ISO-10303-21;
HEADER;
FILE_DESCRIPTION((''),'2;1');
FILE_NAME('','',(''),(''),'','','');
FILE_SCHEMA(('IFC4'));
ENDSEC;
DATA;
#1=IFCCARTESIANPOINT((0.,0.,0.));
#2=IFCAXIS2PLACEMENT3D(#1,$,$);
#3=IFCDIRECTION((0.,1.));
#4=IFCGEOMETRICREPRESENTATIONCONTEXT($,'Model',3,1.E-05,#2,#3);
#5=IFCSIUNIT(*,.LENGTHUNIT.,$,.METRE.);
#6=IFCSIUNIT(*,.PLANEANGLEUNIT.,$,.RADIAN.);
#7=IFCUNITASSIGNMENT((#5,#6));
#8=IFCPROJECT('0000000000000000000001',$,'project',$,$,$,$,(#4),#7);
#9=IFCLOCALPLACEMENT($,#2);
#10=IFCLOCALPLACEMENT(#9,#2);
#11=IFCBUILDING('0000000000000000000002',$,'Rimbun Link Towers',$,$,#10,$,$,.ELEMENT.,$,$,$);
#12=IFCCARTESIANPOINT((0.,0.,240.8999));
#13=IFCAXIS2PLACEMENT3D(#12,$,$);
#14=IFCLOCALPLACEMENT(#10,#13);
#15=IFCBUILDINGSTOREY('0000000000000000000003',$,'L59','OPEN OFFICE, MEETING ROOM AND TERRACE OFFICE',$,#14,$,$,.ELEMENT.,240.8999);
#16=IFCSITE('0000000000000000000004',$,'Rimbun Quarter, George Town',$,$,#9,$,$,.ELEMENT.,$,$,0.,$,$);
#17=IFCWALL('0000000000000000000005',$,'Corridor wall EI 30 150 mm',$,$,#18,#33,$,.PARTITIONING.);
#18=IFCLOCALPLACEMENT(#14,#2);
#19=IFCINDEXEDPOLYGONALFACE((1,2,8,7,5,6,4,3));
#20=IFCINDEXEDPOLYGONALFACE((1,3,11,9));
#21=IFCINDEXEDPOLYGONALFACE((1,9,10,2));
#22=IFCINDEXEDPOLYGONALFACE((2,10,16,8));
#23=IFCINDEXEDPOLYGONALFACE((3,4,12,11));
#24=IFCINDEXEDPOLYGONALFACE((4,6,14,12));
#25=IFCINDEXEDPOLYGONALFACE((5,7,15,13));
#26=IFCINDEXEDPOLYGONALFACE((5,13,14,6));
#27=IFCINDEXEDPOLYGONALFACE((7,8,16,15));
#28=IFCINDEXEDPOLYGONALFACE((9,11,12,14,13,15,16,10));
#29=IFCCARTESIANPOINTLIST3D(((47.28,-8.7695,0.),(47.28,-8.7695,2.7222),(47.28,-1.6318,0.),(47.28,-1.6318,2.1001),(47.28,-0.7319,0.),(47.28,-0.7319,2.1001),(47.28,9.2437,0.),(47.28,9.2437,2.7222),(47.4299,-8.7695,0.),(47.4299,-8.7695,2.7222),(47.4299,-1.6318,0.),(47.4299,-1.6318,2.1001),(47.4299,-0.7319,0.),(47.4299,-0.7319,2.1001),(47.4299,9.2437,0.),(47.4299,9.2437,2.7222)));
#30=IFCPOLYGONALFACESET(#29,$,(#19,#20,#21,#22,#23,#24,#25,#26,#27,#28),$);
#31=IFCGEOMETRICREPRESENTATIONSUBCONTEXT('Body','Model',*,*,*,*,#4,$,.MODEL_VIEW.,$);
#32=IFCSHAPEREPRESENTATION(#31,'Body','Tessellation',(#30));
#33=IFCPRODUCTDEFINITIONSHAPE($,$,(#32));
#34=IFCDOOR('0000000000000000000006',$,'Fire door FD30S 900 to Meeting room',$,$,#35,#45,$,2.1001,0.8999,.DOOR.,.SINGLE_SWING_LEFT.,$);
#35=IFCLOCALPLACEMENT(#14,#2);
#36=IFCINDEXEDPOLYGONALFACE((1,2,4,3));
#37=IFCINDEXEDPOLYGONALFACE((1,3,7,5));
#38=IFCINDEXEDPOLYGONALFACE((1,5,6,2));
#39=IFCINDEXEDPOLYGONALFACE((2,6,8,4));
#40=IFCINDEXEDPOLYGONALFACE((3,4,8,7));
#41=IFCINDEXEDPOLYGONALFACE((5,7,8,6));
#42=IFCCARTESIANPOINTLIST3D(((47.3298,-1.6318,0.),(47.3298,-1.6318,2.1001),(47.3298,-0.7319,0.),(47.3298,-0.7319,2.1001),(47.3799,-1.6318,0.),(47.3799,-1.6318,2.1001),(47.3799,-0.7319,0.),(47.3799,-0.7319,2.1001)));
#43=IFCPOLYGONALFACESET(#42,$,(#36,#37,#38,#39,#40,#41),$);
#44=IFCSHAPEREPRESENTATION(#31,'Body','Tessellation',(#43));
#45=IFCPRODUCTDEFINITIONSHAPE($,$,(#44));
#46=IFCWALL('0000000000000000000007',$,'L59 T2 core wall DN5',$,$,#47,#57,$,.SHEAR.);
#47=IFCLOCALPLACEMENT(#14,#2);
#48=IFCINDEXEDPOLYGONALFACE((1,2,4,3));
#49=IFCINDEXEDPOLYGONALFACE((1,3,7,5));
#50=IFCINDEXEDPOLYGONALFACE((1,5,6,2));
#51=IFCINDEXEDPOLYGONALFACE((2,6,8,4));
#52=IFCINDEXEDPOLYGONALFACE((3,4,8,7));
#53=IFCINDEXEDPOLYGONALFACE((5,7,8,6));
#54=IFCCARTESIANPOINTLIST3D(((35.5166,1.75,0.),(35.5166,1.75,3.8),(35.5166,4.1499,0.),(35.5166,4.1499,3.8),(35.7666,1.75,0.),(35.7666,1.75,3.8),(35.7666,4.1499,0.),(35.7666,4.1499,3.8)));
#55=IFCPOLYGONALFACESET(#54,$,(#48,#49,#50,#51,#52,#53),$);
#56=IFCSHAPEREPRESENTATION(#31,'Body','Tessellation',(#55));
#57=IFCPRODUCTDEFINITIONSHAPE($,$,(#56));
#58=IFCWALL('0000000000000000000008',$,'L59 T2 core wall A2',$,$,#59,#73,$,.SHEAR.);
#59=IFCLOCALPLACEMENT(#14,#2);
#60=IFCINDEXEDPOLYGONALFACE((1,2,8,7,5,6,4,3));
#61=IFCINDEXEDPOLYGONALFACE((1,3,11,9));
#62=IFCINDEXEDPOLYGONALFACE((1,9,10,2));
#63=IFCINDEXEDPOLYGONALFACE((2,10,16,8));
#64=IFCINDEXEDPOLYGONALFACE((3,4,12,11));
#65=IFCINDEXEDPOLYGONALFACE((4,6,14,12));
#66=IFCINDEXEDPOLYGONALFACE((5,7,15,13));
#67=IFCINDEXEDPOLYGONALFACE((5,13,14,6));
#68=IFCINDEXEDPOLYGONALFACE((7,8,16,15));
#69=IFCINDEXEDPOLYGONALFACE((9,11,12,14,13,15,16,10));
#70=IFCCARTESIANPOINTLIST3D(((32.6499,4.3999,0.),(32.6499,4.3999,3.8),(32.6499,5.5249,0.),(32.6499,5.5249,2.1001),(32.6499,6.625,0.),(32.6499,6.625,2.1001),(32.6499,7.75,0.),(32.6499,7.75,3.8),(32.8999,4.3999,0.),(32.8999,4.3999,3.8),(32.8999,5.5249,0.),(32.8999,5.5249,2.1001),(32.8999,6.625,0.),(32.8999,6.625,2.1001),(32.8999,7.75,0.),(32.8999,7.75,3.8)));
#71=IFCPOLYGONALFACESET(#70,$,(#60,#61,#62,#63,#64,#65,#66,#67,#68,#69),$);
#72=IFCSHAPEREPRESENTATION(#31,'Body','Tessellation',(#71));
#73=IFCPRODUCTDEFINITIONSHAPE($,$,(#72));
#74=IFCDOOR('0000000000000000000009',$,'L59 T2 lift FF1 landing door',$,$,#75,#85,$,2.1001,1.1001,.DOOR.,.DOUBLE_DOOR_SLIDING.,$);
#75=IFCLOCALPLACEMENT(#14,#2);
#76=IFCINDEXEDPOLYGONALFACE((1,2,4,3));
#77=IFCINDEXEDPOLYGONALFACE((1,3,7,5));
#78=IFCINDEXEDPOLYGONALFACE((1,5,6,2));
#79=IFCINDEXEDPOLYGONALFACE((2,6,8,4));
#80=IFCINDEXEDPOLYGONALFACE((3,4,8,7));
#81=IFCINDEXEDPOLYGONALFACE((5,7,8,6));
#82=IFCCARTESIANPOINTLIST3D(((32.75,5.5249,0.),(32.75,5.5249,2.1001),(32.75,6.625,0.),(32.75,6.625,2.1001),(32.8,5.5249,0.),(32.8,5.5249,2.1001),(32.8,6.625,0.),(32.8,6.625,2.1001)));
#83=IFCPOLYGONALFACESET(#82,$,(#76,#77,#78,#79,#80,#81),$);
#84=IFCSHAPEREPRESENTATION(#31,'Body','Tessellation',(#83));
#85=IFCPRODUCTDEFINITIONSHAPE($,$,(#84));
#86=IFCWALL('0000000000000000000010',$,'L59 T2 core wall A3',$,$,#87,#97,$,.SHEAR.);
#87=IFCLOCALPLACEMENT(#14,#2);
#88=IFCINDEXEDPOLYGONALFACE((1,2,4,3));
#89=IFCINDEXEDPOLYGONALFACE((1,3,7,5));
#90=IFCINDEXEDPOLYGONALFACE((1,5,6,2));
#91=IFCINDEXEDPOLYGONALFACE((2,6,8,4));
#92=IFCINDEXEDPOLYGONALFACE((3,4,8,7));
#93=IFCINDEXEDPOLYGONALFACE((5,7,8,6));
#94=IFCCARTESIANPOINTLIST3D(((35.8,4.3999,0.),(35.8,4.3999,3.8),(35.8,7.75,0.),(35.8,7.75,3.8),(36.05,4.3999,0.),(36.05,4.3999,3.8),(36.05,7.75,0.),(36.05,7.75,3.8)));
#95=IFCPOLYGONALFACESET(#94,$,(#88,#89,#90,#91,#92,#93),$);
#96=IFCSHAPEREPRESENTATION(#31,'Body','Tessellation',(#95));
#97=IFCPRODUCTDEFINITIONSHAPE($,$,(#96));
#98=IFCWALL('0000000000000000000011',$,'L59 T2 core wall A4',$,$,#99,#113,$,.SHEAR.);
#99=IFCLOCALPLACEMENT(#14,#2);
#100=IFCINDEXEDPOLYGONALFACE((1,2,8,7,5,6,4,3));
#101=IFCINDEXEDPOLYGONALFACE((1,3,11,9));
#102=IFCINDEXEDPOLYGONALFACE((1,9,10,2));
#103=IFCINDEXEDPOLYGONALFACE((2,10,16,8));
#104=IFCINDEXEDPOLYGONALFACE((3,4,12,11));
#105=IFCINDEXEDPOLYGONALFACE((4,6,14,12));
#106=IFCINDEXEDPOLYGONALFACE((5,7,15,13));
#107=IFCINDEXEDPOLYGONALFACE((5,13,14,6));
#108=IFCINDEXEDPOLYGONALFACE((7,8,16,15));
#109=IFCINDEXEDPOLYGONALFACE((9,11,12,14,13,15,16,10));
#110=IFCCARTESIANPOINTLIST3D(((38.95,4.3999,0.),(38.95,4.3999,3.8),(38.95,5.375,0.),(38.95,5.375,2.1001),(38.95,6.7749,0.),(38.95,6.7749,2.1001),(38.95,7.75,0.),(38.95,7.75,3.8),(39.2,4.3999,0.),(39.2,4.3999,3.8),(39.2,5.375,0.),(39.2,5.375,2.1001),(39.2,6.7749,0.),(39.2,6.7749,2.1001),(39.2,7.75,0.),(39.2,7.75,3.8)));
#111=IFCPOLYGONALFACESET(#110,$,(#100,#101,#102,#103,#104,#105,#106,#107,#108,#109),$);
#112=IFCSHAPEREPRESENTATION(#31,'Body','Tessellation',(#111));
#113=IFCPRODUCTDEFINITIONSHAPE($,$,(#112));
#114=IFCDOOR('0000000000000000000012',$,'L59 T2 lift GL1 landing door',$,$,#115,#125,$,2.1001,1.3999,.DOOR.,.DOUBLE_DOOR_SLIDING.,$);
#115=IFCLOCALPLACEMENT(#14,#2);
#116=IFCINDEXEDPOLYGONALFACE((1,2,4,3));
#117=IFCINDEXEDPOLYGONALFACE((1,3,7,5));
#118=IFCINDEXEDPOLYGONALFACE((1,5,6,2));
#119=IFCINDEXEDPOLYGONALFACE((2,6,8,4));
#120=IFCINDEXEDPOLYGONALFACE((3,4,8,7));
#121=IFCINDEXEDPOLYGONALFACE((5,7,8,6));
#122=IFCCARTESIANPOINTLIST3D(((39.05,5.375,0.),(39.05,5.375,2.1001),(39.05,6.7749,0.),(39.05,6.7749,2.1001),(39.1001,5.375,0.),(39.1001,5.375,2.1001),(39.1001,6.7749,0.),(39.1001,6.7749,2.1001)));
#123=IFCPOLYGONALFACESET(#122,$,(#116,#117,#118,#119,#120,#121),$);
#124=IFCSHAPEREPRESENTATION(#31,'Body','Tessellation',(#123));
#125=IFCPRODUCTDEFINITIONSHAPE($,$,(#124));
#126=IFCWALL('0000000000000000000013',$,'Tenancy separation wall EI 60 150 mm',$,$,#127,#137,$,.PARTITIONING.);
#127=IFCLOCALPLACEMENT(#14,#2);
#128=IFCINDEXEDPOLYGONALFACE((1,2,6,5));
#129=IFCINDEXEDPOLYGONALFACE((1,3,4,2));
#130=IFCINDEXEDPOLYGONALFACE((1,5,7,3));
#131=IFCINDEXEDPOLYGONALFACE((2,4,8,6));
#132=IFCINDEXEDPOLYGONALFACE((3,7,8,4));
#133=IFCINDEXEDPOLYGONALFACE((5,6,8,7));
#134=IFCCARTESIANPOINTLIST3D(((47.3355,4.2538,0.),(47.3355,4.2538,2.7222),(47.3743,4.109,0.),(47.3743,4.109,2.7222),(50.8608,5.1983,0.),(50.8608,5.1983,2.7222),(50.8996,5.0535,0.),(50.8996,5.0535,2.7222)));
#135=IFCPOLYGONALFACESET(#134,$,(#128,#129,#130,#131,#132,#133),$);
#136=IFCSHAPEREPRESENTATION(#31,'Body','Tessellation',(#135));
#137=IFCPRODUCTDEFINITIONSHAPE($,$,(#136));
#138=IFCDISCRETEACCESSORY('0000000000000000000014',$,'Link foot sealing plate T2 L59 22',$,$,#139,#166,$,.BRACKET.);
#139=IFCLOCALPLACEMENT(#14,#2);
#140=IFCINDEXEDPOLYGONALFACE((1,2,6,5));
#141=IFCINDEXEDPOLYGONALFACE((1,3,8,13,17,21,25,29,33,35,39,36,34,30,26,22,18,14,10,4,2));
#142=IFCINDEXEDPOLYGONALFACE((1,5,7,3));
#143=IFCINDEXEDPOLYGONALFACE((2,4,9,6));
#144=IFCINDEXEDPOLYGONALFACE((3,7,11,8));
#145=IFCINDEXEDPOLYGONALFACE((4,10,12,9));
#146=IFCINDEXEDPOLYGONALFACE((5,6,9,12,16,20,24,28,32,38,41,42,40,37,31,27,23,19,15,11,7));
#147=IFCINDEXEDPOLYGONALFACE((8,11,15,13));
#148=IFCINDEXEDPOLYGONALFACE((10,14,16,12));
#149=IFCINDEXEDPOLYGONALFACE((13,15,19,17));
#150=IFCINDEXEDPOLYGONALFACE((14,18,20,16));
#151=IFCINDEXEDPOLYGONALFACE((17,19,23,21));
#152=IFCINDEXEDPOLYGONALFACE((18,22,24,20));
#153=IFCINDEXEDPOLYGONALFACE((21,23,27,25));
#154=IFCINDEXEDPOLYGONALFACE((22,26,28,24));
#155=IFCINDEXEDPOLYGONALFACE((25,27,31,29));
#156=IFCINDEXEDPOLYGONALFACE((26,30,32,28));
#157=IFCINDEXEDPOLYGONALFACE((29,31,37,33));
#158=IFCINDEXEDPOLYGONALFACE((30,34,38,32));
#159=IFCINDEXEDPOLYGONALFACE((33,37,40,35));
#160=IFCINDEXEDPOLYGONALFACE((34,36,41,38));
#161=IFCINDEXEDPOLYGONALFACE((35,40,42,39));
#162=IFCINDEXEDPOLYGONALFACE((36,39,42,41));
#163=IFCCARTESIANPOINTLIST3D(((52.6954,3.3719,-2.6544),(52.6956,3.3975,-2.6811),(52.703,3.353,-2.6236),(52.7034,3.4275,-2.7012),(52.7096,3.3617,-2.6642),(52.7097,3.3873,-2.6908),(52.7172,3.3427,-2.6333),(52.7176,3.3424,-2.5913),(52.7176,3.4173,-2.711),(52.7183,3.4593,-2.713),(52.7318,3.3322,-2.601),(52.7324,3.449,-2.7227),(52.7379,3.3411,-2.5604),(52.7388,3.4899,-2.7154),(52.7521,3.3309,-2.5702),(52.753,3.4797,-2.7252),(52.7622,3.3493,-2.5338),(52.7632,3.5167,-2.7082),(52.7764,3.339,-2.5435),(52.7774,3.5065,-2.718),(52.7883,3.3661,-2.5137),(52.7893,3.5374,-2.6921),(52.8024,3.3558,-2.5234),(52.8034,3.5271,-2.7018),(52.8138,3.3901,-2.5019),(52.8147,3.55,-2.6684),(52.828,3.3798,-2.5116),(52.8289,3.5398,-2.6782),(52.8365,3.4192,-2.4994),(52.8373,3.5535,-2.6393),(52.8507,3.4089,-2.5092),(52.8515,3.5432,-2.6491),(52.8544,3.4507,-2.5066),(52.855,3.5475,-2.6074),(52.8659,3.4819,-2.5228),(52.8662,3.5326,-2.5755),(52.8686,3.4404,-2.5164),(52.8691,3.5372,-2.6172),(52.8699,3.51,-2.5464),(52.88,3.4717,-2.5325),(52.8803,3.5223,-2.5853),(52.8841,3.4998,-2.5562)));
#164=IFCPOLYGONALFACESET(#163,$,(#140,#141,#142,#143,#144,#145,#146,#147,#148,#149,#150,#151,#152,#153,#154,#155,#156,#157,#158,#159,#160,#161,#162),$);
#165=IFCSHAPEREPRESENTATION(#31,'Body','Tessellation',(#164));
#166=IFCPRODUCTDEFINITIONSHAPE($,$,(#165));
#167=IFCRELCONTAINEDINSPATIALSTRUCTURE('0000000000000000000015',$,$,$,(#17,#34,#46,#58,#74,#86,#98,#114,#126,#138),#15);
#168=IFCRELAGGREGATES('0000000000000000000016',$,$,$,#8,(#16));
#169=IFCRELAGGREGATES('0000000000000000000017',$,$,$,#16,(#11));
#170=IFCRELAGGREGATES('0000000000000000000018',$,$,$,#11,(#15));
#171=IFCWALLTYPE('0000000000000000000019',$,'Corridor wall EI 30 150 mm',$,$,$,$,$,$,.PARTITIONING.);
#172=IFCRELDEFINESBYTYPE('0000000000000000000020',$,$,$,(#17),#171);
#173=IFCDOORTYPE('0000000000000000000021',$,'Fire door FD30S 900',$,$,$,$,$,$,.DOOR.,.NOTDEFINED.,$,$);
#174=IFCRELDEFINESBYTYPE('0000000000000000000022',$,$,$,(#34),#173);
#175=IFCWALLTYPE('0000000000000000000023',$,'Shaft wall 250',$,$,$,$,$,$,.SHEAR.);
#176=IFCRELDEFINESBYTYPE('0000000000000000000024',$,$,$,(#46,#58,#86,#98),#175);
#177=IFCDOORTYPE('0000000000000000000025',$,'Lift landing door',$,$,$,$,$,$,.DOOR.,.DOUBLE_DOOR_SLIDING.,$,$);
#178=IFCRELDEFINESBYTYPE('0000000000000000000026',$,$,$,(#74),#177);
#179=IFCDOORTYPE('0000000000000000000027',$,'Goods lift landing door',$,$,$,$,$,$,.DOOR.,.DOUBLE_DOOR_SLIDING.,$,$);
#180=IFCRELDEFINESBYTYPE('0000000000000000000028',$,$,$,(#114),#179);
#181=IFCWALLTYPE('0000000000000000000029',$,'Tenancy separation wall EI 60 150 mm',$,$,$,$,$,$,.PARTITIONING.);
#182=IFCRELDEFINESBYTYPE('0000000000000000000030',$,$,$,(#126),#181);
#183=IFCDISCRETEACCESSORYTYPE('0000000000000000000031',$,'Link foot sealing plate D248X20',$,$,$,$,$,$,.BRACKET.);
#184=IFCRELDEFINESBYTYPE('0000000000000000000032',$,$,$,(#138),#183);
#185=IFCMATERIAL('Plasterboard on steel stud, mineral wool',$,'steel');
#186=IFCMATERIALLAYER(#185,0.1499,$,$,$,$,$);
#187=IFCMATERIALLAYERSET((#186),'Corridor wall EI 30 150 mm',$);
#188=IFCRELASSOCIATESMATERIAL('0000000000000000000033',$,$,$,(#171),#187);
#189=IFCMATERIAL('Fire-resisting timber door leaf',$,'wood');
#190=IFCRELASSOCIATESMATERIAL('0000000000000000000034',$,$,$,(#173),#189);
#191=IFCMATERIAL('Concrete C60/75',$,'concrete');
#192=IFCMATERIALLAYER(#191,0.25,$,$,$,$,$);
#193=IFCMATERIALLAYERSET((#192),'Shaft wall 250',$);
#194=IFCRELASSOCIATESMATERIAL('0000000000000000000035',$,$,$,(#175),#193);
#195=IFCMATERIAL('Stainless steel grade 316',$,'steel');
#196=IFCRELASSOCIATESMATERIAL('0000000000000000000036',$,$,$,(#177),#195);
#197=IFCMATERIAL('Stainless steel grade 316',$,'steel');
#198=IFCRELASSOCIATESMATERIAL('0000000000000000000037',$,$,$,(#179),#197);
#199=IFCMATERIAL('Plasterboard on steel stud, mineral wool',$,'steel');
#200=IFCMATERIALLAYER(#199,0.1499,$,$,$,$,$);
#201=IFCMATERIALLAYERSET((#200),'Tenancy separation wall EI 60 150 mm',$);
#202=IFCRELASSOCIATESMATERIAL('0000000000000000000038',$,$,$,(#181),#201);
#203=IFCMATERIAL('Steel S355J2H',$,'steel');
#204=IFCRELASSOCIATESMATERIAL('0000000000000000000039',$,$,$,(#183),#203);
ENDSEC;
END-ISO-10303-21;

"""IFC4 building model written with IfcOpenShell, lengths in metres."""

from ifc_helpers import new_model, si_unit, direction, frame, frame_2d, origin, origin_2d, place, context, subcontext, project, spatial, rectangle, circle, extrude, material, layer, layer_set, material_profile, profile_set, type_object, element, fill, save


model = new_model("IFC4")

# Units and contexts
model_context = context("Model", 3, precision=1e-05, world=origin(), true_north=direction((0.0, 1.0)))
body_context = subcontext(model_context, "Body", "Model", "MODEL_VIEW")
ifc_project = project(units=[si_unit("LENGTHUNIT", "METRE"), si_unit("PLANEANGLEUNIT", "RADIAN")], contexts=[model_context])

# Site, building, storey
site_placement = place(None, origin())
site = spatial("IfcSite", under=ifc_project, at=site_placement, Name="Rimbun Quarter, George Town", CompositionType="ELEMENT", RefElevation=0.0)
building_placement = place(site_placement, origin())
building = spatial("IfcBuilding", under=site, at=building_placement, Name="Rimbun Link Towers", CompositionType="ELEMENT")
storey_placement = place(building_placement, frame((0.0, 0.0, 240.8999)))
storey = spatial("IfcBuildingStorey", under=building, at=storey_placement, Name="L59", Description="OPEN OFFICE, MEETING ROOM AND TERRACE OFFICE", CompositionType="ELEMENT", Elevation=240.8999)

# Shared definitions
ifc_material_1 = material(Name="Plasterboard on steel stud, mineral wool", Category="steel")
ifc_layer_1 = layer(ifc_material_1, 0.1499)
ifc_layer_set_1 = layer_set([ifc_layer_1], Name="Corridor wall EI 30 150 mm")
wall_type_1 = type_object("IfcWallType", Name="Corridor wall EI 30 150 mm", PredefinedType="PARTITIONING", material=ifc_layer_set_1)

# Wall, opening, door
wall_1_placement = place(storey_placement, frame((47.355, 9.2437, 0.0), z_axis=(0.0, 0.0, 1.0), x_axis=(0.0, -1.0, 0.0)))
wall_1 = element("IfcWall", 1, at=wall_1_placement, inside=storey, type_object=wall_type_1, Name="Corridor wall EI 30 150 mm", PredefinedType="PARTITIONING", context=body_context, shape_type="SweptSolid", body=[
    extrude(rectangle(XDim=18.0132, YDim=0.1499, at=frame_2d((9.0066, 0.0))), origin(), (0.0, 0.0, 1.0), 2.7222),
])
opening_1_placement = place(wall_1_placement, frame((9.9756, 0.0, 0.0)))
opening_1 = element("IfcOpeningElement", 2, at=opening_1_placement, cuts=wall_1, PredefinedType="OPENING", context=body_context, shape_type="SweptSolid", body=[
    extrude(rectangle(XDim=0.8999, YDim=2.1001, at=frame_2d((0.45, 1.05))), frame((0.0, 0.085, 0.0), z_axis=(0.0, -1.0, 0.0), x_axis=(1.0, 0.0, 0.0)), (0.0, 0.0, 1.0), 0.1699),
])
ifc_material_2 = material(Name="Fire-resisting timber door leaf", Category="wood")
door_type_1 = type_object("IfcDoorType", Name="Fire door FD30S 900", OperationType="NOTDEFINED", PredefinedType="DOOR", material=ifc_material_2)
door_1_placement = place(opening_1_placement, origin())
door_1 = element("IfcDoor", 3, at=door_1_placement, inside=storey, type_object=door_type_1, Name="Fire door FD30S 900 to Meeting room", OperationType="SINGLE_SWING_LEFT", OverallHeight=2.1001, OverallWidth=0.8999, PredefinedType="DOOR", context=body_context, shape_type="SweptSolid", body=[
    extrude(rectangle(XDim=0.8999, YDim=2.1001, at=frame_2d((0.45, 1.05))), frame((0.0, 0.0249, 0.0), z_axis=(0.0, -1.0, 0.0), x_axis=(1.0, 0.0, 0.0)), (0.0, 0.0, 1.0), 0.05),
])
fill(opening_1, door_1)

# Wall
ifc_material_3 = material(Name="Concrete C60/75", Category="concrete")
ifc_layer_2 = layer(ifc_material_3, 0.25)
ifc_layer_set_2 = layer_set([ifc_layer_2], Name="Shaft wall 250")
wall_type_2 = type_object("IfcWallType", Name="Shaft wall 250", PredefinedType="SHEAR", material=ifc_layer_set_2)
wall_2_placement = place(storey_placement, frame((35.6416, 1.75, 0.0), z_axis=(0.0, 0.0, 1.0), x_axis=(0.0, 1.0, 0.0)))
element("IfcWall", 4, at=wall_2_placement, inside=storey, type_object=wall_type_2, Name="L59 T2 core wall DN5", PredefinedType="SHEAR", context=body_context, shape_type="SweptSolid", body=[
    extrude(rectangle(XDim=2.3999, YDim=0.25, at=frame_2d((1.2, 0.0))), origin(), (0.0, 0.0, 1.0), 3.8),
])

# Wall, opening, door
wall_3_placement = place(storey_placement, frame((32.7749, 4.3999, 0.0), z_axis=(0.0, 0.0, 1.0), x_axis=(0.0, 1.0, 0.0)))
wall_3 = element("IfcWall", 5, at=wall_3_placement, inside=storey, type_object=wall_type_2, Name="L59 T2 core wall A2", PredefinedType="SHEAR", context=body_context, shape_type="SweptSolid", body=[
    extrude(rectangle(XDim=3.3501, YDim=0.25, at=frame_2d((1.675, 0.0))), origin(), (0.0, 0.0, 1.0), 3.8),
])
opening_2_placement = place(wall_3_placement, frame((1.125, 0.0, 0.0)))
opening_2 = element("IfcOpeningElement", 6, at=opening_2_placement, cuts=wall_3, PredefinedType="OPENING", context=body_context, shape_type="SweptSolid", body=[
    extrude(rectangle(XDim=1.1001, YDim=2.1001, at=frame_2d((0.55, 1.05))), frame((0.0, 0.135, 0.0), z_axis=(0.0, -1.0, 0.0), x_axis=(1.0, 0.0, 0.0)), (0.0, 0.0, 1.0), 0.27),
])
ifc_material_4 = material(Name="Stainless steel grade 316", Category="steel")
door_type_2 = type_object("IfcDoorType", Name="Lift landing door", OperationType="DOUBLE_DOOR_SLIDING", PredefinedType="DOOR", material=ifc_material_4)
door_2_placement = place(opening_2_placement, origin())
door_2 = element("IfcDoor", 7, at=door_2_placement, inside=storey, type_object=door_type_2, Name="L59 T2 lift FF1 landing door", OperationType="DOUBLE_DOOR_SLIDING", OverallHeight=2.1001, OverallWidth=1.1001, PredefinedType="DOOR", context=body_context, shape_type="SweptSolid", body=[
    extrude(rectangle(XDim=1.1001, YDim=2.1001, at=frame_2d((0.55, 1.05))), frame((0.0, 0.0249, 0.0), z_axis=(0.0, -1.0, 0.0), x_axis=(1.0, 0.0, 0.0)), (0.0, 0.0, 1.0), 0.05),
])
fill(opening_2, door_2)

# Wall
wall_4_placement = place(storey_placement, frame((35.925, 4.3999, 0.0), z_axis=(0.0, 0.0, 1.0), x_axis=(0.0, 1.0, 0.0)))
element("IfcWall", 8, at=wall_4_placement, inside=storey, type_object=wall_type_2, Name="L59 T2 core wall A3", PredefinedType="SHEAR", context=body_context, shape_type="SweptSolid", body=[
    extrude(rectangle(XDim=3.3501, YDim=0.25, at=frame_2d((1.675, 0.0))), origin(), (0.0, 0.0, 1.0), 3.8),
])

# Wall, opening, door
wall_5_placement = place(storey_placement, frame((39.075, 4.3999, 0.0), z_axis=(0.0, 0.0, 1.0), x_axis=(0.0, 1.0, 0.0)))
wall_5 = element("IfcWall", 9, at=wall_5_placement, inside=storey, type_object=wall_type_2, Name="L59 T2 core wall A4", PredefinedType="SHEAR", context=body_context, shape_type="SweptSolid", body=[
    extrude(rectangle(XDim=3.3501, YDim=0.25, at=frame_2d((1.675, 0.0))), origin(), (0.0, 0.0, 1.0), 3.8),
])
opening_3_placement = place(wall_5_placement, frame((0.9751, 0.0, 0.0)))
opening_3 = element("IfcOpeningElement", 10, at=opening_3_placement, cuts=wall_5, PredefinedType="OPENING", context=body_context, shape_type="SweptSolid", body=[
    extrude(rectangle(XDim=1.3999, YDim=2.1001, at=frame_2d((0.7, 1.05))), frame((0.0, 0.135, 0.0), z_axis=(0.0, -1.0, 0.0), x_axis=(1.0, 0.0, 0.0)), (0.0, 0.0, 1.0), 0.27),
])
ifc_material_5 = material(Name="Stainless steel grade 316", Category="steel")
door_type_3 = type_object("IfcDoorType", Name="Goods lift landing door", OperationType="DOUBLE_DOOR_SLIDING", PredefinedType="DOOR", material=ifc_material_5)
door_3_placement = place(opening_3_placement, origin())
door_3 = element("IfcDoor", 11, at=door_3_placement, inside=storey, type_object=door_type_3, Name="L59 T2 lift GL1 landing door", OperationType="DOUBLE_DOOR_SLIDING", OverallHeight=2.1001, OverallWidth=1.3999, PredefinedType="DOOR", context=body_context, shape_type="SweptSolid", body=[
    extrude(rectangle(XDim=1.3999, YDim=2.1001, at=frame_2d((0.7, 1.05))), frame((0.0, 0.0249, 0.0), z_axis=(0.0, -1.0, 0.0), x_axis=(1.0, 0.0, 0.0)), (0.0, 0.0, 1.0), 0.05),
])
fill(opening_3, door_3)

# Wall
ifc_material_6 = material(Name="Plasterboard on steel stud, mineral wool", Category="steel")
ifc_layer_3 = layer(ifc_material_6, 0.1499)
ifc_layer_set_3 = layer_set([ifc_layer_3], Name="Tenancy separation wall EI 60 150 mm")
wall_type_3 = type_object("IfcWallType", Name="Tenancy separation wall EI 60 150 mm", PredefinedType="PARTITIONING", material=ifc_layer_set_3)
wall_6_placement = place(storey_placement, frame((47.355, 4.1814, 0.0), z_axis=(0.0, 0.0, 1.0), x_axis=(0.965929, 0.258807, 0.0)))
element("IfcWall", 12, at=wall_6_placement, inside=storey, type_object=wall_type_3, Name="Tenancy separation wall EI 60 150 mm", PredefinedType="PARTITIONING", context=body_context, shape_type="SweptSolid", body=[
    extrude(rectangle(XDim=3.6497, YDim=0.1499, at=frame_2d((1.8247, 0.0))), origin(), (0.0, 0.0, 1.0), 2.7222),
])

# Discrete accessory
ifc_material_7 = material(Name="Steel S355J2H", Category="steel")
ifc_material_profile_1 = material_profile(ifc_material_7, circle(Radius=0.124, at=origin_2d()), Name="PL D248")
ifc_profile_set_1 = profile_set([ifc_material_profile_1], Name="Steel S355J2H")
discrete_accessory_type = type_object("IfcDiscreteAccessoryType", Name="Link foot sealing plate D248X20", PredefinedType="BRACKET", material=ifc_profile_set_1)
discrete_accessory_placement = place(storey_placement, frame((52.7822, 3.447, -2.6074), z_axis=(0.707107, -0.512043, -0.48766), x_axis=(0.58651, 0.809942, 0.0)))
element("IfcDiscreteAccessory", 13, at=discrete_accessory_placement, inside=storey, type_object=discrete_accessory_type, Name="Link foot sealing plate T2 L59 22", PredefinedType="BRACKET", context=body_context, shape_type="SweptSolid", body=[
    extrude(circle(Radius=0.124, at=origin_2d()), origin(), (0.0, 0.0, 1.0), 0.02),
])

save(model, "model.ifc")
